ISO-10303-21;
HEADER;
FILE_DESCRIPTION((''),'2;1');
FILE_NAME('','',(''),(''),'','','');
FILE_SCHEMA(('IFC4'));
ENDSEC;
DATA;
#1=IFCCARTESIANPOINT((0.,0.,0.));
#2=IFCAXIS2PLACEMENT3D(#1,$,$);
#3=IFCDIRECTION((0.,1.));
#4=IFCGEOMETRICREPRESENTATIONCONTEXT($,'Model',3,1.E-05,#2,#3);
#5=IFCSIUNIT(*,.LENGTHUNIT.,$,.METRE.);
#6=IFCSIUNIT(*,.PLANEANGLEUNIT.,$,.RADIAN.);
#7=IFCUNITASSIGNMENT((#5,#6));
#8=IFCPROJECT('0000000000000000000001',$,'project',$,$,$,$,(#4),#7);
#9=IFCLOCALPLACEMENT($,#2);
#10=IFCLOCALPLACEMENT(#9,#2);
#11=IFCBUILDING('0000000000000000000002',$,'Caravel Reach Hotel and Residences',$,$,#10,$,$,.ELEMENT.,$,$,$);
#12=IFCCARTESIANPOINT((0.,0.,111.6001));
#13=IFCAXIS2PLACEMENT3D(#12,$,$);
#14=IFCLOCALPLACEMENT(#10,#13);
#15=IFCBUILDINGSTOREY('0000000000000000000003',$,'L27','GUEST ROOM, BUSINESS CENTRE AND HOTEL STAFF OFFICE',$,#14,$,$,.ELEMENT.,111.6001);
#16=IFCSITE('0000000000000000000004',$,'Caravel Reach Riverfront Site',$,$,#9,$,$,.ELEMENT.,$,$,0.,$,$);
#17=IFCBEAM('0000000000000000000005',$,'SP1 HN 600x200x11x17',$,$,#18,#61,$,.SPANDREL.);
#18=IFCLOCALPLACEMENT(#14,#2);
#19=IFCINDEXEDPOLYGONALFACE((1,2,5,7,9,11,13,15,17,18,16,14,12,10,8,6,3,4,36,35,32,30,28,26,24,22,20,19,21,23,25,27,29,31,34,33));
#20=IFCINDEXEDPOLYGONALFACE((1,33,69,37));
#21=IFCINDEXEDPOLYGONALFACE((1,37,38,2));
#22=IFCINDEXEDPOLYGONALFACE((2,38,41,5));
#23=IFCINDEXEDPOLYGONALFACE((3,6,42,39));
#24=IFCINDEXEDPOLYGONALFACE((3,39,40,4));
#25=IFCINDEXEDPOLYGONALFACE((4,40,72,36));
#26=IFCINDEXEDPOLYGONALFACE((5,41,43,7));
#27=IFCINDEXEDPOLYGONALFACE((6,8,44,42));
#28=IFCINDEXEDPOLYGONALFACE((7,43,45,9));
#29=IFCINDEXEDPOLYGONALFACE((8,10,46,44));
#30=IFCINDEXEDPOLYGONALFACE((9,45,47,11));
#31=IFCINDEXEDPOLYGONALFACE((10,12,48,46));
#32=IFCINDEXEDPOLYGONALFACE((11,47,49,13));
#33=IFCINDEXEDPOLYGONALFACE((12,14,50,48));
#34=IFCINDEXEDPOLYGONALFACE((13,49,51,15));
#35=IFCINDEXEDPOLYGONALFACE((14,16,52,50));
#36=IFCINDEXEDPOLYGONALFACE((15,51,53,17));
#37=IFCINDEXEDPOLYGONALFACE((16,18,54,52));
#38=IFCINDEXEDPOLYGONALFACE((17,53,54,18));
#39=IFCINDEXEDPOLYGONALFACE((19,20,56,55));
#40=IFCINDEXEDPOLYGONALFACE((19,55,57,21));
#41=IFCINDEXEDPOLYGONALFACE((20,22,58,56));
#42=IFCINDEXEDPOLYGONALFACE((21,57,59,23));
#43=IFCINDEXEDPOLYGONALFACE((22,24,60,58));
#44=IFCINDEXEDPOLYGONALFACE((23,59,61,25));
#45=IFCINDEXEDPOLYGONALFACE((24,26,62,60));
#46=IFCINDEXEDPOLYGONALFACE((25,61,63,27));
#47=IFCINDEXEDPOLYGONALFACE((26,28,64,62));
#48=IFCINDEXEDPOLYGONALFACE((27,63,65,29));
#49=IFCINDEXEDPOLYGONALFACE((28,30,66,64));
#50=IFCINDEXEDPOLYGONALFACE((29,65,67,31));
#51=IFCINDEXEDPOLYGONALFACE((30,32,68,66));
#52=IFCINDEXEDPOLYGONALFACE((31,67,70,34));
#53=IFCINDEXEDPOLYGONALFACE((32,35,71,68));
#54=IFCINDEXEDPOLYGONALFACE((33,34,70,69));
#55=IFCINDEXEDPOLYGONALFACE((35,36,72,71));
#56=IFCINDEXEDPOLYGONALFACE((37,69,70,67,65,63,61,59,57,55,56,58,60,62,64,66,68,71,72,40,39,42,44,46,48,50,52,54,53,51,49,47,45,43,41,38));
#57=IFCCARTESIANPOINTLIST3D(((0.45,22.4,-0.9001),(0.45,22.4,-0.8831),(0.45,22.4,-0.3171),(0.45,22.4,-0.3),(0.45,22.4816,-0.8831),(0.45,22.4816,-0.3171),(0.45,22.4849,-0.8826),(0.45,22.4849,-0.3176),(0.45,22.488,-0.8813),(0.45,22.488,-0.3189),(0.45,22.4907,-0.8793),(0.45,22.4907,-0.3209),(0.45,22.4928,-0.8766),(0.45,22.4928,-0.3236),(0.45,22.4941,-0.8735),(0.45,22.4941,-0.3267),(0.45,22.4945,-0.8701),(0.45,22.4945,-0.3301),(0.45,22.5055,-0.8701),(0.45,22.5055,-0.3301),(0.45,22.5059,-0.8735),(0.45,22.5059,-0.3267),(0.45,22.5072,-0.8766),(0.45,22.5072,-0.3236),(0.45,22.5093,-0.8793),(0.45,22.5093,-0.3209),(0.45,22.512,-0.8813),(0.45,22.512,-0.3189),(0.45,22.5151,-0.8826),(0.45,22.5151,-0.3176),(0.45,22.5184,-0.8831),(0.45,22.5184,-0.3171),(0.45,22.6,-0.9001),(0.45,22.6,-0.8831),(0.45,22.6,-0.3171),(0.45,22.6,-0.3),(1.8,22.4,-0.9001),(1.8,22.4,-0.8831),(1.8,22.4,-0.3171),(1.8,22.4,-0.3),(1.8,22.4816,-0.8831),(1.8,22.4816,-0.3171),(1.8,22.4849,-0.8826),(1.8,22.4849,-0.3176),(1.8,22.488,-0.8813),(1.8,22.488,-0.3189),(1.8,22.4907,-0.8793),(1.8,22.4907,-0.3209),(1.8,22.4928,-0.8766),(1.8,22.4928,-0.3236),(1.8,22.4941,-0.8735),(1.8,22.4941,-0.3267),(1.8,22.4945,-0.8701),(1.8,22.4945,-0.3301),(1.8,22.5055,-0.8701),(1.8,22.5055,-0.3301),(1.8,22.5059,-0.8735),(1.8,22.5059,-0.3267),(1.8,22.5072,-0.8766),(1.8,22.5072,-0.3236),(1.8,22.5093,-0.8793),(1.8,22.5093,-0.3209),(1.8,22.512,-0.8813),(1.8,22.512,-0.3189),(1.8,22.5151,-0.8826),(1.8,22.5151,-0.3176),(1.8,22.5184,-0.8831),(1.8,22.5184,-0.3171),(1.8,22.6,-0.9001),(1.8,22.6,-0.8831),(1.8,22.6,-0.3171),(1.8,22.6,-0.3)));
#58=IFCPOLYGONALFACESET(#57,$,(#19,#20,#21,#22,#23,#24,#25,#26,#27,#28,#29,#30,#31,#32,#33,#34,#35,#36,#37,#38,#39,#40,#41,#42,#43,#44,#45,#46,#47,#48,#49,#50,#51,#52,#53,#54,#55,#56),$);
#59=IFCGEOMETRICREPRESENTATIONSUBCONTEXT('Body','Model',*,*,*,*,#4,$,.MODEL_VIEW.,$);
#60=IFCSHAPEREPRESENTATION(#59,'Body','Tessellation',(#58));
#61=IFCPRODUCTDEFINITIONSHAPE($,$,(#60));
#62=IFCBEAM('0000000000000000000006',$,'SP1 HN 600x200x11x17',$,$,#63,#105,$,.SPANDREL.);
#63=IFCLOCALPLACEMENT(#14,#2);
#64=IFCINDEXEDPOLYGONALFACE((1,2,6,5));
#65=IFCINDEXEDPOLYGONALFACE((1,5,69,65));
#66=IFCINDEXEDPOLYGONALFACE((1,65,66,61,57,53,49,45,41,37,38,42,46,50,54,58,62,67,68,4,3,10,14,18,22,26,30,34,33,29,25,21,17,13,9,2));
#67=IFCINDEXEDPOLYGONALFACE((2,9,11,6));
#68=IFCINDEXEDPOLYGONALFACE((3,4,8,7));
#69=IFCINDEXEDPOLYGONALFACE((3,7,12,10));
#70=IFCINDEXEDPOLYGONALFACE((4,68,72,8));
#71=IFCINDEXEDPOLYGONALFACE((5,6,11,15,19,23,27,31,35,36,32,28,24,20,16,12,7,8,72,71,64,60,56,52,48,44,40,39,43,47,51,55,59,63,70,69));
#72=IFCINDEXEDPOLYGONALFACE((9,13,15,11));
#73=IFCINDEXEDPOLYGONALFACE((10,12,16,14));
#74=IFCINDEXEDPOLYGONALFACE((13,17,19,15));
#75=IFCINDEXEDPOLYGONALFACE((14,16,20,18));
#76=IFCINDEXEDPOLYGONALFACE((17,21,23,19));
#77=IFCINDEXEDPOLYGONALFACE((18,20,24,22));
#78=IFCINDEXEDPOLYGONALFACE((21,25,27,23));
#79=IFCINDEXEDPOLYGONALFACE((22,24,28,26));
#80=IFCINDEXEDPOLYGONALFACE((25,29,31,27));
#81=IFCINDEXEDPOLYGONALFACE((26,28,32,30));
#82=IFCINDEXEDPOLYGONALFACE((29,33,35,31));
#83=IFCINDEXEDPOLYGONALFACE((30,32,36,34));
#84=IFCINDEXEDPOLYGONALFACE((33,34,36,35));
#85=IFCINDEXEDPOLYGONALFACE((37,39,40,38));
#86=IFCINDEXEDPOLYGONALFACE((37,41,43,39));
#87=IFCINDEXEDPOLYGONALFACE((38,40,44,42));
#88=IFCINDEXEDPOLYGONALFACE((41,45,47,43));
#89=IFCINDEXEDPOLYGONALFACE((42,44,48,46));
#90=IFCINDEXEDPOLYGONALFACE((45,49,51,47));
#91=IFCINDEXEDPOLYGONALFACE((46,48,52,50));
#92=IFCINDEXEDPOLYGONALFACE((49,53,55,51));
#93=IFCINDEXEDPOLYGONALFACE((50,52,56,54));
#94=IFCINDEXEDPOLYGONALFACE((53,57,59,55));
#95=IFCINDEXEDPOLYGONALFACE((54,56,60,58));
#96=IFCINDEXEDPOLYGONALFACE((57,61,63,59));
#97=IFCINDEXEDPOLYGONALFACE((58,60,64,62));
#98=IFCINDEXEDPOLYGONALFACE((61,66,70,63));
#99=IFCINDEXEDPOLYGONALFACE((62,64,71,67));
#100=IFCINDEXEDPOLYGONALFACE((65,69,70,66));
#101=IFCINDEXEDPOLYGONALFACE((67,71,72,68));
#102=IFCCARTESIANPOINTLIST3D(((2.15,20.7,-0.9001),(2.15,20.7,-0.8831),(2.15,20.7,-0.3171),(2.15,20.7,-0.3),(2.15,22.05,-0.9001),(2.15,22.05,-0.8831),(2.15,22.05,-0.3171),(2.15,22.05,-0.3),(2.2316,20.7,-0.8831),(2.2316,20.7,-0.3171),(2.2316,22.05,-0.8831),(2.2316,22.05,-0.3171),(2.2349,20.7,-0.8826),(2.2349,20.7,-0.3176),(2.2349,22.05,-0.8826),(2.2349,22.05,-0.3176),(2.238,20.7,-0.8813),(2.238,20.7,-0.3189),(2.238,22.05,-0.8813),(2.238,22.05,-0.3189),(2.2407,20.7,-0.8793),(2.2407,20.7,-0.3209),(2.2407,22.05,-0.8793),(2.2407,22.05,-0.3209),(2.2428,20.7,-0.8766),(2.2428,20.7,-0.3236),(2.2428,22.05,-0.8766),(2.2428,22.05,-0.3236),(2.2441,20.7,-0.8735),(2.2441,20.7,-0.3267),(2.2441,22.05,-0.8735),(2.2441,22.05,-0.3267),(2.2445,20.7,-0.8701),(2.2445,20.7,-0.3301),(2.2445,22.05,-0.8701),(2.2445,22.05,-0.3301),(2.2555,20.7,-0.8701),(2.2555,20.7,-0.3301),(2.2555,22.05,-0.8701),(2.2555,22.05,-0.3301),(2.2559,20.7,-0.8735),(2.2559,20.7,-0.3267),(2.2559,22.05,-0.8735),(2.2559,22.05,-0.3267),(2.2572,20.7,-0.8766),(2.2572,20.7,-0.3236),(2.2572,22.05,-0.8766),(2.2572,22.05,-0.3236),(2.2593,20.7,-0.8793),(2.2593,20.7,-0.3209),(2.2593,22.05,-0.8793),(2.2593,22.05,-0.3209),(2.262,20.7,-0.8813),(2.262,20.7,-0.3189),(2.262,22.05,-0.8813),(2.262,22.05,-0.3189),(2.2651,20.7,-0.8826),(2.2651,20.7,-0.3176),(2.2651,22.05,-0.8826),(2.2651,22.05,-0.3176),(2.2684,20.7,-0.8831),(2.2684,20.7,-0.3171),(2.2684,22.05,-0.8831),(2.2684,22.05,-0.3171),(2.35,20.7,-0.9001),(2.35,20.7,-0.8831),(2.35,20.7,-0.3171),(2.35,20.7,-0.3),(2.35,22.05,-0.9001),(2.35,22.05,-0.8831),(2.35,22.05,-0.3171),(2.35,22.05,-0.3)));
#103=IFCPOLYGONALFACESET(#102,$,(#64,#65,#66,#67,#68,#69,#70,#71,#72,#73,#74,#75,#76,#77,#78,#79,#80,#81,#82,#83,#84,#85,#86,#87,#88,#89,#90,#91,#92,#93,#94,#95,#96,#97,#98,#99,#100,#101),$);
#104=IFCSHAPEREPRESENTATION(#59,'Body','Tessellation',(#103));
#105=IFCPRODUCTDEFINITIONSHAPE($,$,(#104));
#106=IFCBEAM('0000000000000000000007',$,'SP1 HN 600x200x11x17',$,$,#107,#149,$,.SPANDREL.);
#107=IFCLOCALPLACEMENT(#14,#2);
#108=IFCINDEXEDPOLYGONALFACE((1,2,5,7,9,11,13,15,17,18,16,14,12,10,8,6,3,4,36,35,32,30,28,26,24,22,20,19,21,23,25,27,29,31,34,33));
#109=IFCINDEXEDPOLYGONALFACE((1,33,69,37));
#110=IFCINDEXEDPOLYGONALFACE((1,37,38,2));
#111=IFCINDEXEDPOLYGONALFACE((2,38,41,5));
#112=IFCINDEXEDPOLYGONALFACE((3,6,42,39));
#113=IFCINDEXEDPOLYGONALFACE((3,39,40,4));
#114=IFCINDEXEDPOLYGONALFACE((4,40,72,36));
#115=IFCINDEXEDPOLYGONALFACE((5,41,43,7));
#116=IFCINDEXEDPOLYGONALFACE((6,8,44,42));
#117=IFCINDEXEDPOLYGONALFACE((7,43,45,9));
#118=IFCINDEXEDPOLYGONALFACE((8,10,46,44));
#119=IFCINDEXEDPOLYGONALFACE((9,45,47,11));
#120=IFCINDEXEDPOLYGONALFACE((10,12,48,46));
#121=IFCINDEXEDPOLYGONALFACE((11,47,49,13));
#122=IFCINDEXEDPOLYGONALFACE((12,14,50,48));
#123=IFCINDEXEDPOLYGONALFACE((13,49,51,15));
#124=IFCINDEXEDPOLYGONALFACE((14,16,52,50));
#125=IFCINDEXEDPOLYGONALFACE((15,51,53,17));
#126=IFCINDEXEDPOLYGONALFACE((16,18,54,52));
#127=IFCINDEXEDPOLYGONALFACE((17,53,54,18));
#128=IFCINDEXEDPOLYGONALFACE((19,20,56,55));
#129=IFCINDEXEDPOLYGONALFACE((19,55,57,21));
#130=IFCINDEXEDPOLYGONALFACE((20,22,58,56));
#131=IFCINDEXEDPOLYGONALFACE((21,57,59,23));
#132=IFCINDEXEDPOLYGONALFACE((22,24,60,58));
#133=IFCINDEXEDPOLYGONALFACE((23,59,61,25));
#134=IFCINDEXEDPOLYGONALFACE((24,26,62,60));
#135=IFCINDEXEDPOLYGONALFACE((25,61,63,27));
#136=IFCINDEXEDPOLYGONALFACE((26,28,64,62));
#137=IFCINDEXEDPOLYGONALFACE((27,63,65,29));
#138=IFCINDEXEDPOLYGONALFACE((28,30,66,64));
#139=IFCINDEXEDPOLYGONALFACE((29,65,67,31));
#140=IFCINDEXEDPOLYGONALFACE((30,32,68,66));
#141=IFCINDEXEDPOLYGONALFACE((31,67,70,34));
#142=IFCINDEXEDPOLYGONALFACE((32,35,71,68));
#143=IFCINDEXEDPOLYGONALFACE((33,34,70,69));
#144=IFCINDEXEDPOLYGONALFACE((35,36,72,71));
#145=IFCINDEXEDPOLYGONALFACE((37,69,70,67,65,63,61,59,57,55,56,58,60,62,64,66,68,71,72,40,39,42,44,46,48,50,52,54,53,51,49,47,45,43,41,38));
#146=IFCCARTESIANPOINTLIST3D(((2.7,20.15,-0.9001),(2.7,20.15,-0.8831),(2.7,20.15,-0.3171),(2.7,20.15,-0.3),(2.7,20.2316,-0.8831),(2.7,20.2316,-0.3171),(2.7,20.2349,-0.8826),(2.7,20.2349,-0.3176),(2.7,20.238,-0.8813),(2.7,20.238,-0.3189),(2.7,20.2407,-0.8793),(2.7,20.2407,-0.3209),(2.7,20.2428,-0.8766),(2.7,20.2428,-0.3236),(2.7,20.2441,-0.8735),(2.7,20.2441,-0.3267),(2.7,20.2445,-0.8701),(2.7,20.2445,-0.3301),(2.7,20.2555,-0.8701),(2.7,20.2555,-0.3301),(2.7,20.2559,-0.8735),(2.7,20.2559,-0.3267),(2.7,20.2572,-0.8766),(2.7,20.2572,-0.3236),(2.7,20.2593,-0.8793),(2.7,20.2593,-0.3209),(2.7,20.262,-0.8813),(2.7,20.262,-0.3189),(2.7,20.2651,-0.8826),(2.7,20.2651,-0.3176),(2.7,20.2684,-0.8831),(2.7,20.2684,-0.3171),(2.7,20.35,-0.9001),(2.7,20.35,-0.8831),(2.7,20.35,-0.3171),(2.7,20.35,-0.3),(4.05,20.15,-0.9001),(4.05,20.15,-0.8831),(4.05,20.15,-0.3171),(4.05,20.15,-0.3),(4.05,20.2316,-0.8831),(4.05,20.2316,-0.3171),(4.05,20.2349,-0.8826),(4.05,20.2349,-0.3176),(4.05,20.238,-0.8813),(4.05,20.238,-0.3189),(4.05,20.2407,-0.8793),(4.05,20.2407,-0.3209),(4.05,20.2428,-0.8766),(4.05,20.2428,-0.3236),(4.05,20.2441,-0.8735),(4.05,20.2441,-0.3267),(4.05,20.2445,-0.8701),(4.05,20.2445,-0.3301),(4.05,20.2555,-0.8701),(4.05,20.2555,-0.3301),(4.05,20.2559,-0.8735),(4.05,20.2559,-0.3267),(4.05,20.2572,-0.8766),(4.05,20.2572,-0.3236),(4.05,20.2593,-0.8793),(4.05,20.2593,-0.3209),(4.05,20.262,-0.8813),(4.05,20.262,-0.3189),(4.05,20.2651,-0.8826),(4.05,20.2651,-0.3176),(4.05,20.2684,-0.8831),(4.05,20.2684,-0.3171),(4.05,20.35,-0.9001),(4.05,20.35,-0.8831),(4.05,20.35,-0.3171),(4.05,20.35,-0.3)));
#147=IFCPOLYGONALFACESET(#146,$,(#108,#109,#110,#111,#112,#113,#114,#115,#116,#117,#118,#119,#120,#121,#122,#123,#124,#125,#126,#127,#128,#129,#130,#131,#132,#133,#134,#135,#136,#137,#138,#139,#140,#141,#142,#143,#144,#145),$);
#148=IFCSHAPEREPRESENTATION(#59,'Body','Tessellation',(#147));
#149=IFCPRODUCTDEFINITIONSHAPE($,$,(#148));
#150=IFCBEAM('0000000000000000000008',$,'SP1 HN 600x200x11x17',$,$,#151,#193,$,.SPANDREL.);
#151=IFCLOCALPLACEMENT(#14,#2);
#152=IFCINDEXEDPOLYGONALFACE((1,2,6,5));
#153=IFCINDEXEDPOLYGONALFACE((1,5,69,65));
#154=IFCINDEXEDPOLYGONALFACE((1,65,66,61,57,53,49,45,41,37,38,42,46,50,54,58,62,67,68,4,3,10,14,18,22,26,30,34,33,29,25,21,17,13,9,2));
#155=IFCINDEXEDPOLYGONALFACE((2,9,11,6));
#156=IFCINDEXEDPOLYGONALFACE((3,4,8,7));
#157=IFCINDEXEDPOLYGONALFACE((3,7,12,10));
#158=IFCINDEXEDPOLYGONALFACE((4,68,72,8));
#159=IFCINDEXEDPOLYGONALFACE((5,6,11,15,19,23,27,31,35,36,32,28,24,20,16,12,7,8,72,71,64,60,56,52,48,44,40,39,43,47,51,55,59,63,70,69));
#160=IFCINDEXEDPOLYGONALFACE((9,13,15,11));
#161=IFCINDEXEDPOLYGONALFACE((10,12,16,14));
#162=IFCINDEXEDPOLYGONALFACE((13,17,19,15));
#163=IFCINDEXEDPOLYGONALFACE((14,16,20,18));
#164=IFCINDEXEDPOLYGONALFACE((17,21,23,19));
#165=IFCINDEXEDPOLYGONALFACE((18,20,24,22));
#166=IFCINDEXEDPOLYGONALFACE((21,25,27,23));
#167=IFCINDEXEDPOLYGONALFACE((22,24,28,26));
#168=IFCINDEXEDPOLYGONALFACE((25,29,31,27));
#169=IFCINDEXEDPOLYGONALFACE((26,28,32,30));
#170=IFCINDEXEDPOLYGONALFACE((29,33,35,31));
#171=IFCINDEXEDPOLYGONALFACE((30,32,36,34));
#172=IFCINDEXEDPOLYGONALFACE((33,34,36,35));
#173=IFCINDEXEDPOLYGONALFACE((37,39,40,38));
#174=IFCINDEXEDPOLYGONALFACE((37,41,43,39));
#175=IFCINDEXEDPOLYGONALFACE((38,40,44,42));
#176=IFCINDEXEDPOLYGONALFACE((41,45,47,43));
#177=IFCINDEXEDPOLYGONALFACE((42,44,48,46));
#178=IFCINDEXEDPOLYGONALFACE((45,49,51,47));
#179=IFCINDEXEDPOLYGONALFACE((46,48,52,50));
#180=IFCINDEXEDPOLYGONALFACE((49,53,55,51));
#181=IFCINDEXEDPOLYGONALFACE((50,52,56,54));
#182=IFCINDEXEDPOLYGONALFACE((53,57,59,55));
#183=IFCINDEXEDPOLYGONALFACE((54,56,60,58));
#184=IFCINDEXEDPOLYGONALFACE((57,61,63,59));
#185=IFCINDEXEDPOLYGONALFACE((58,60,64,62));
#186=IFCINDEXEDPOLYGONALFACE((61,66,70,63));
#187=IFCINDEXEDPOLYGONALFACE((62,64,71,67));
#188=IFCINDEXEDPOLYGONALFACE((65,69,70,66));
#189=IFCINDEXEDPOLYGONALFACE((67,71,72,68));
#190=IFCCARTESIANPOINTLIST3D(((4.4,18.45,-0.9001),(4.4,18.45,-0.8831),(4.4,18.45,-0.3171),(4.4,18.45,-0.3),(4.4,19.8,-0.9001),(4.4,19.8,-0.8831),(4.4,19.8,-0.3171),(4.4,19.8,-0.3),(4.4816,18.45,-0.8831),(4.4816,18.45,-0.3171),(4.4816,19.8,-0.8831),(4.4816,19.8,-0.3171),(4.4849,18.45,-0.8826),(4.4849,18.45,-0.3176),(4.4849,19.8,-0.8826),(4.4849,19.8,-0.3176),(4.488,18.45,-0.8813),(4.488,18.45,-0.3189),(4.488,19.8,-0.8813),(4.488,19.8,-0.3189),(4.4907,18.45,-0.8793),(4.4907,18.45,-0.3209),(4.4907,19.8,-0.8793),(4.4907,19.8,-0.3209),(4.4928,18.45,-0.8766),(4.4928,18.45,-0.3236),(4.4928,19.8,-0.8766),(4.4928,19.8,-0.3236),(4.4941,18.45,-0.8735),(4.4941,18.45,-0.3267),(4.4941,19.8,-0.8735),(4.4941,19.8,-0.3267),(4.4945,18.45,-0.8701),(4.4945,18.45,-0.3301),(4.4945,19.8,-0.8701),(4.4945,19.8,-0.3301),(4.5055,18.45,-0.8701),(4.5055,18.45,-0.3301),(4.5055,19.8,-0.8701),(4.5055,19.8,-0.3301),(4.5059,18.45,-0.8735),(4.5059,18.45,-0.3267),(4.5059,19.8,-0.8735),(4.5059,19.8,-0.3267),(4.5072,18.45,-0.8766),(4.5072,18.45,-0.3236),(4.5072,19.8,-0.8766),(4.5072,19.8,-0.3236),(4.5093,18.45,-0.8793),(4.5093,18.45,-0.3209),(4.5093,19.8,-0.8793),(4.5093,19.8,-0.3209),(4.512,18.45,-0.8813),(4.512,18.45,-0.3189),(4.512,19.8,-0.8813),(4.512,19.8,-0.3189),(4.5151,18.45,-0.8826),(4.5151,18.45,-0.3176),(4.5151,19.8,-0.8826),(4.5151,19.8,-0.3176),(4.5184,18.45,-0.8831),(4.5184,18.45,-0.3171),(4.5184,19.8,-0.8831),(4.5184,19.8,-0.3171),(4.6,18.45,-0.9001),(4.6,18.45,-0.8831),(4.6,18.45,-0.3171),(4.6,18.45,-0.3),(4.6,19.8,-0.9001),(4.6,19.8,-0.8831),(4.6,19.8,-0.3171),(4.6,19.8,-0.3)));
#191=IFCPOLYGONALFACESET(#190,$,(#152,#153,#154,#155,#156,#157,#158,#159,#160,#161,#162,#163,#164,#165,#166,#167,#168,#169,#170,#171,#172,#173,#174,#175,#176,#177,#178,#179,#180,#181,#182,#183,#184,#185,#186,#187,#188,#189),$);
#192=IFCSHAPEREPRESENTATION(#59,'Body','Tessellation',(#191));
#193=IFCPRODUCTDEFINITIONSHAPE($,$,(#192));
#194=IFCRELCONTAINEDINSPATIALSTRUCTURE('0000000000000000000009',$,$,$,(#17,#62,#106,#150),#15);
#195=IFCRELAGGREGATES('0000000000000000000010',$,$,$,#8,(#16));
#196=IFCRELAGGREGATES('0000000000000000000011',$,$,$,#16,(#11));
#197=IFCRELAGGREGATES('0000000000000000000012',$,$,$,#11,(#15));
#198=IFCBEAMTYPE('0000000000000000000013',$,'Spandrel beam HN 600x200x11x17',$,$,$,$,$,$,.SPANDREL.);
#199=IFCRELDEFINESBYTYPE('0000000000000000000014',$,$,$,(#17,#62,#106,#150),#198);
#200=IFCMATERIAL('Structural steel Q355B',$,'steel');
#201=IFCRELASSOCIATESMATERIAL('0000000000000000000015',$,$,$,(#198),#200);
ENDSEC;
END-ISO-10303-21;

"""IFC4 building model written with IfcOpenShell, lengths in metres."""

from ifc_helpers import new_model, si_unit, direction, frame, origin, origin_2d, place, context, subcontext, project, spatial, i_section, extrude, material, material_profile, profile_set, type_object, element, save


model = new_model("IFC4")

# Units and contexts
model_context = context("Model", 3, precision=1e-05, world=origin(), true_north=direction((0.0, 1.0)))
body_context = subcontext(model_context, "Body", "Model", "MODEL_VIEW")
ifc_project = project(units=[si_unit("LENGTHUNIT", "METRE"), si_unit("PLANEANGLEUNIT", "RADIAN")], contexts=[model_context])

# Site, building, storey
site_placement = place(None, origin())
site = spatial("IfcSite", under=ifc_project, at=site_placement, Name="Caravel Reach Riverfront Site", CompositionType="ELEMENT", RefElevation=0.0)
building_placement = place(site_placement, origin())
building = spatial("IfcBuilding", under=site, at=building_placement, Name="Caravel Reach Hotel and Residences", CompositionType="ELEMENT")
storey_placement = place(building_placement, frame((0.0, 0.0, 111.6001)))
storey = spatial("IfcBuildingStorey", under=building, at=storey_placement, Name="L27", Description="GUEST ROOM, BUSINESS CENTRE AND HOTEL STAFF OFFICE", CompositionType="ELEMENT", Elevation=111.6001)

# Beams
ifc_material_1 = material(Name="Structural steel Q355B", Category="steel")
ifc_material_profile_1 = material_profile(ifc_material_1, i_section(OverallWidth=0.2, OverallDepth=0.6001, WebThickness=0.011, FlangeThickness=0.0171, FilletRadius=0.0129, at=origin_2d()), Name="HN 600x200x11x17")
ifc_profile_set_1 = profile_set([ifc_material_profile_1], Name="Structural steel Q355B")
beam_type_1 = type_object("IfcBeamType", Name="Spandrel beam HN 600x200x11x17", PredefinedType="SPANDREL", material=ifc_profile_set_1)
for number, where, z_axis, x_axis, name in (
    (1, (0.45, 22.5, -0.6001), (1.0, 0.0, 0.0), (0.0, 1.0, 0.0), "SP1 HN 600x200x11x17"),
    (2, (2.25, 22.05, -0.6001), (0.0, -1.0, 0.0), (1.0, 0.0, 0.0), "SP1 HN 600x200x11x17"),
    (3, (2.7, 20.25, -0.6001), (1.0, 0.0, 0.0), (0.0, 1.0, 0.0), "SP1 HN 600x200x11x17"),
    (4, (4.5, 19.8, -0.6001), (0.0, -1.0, 0.0), (1.0, 0.0, 0.0), "SP1 HN 600x200x11x17"),
):
    element("IfcBeam", number, at=place(storey_placement, frame(where, z_axis=z_axis, x_axis=x_axis)), inside=storey, type_object=beam_type_1, Name=name, PredefinedType="SPANDREL", context=body_context, shape_type="SweptSolid", body=[
        extrude(i_section(OverallWidth=0.2, OverallDepth=0.6001, WebThickness=0.011, FlangeThickness=0.0171, FilletRadius=0.0129, at=origin_2d()), origin(), (0.0, 0.0, 1.0), 1.3501),
    ])

save(model, "model.ifc")
